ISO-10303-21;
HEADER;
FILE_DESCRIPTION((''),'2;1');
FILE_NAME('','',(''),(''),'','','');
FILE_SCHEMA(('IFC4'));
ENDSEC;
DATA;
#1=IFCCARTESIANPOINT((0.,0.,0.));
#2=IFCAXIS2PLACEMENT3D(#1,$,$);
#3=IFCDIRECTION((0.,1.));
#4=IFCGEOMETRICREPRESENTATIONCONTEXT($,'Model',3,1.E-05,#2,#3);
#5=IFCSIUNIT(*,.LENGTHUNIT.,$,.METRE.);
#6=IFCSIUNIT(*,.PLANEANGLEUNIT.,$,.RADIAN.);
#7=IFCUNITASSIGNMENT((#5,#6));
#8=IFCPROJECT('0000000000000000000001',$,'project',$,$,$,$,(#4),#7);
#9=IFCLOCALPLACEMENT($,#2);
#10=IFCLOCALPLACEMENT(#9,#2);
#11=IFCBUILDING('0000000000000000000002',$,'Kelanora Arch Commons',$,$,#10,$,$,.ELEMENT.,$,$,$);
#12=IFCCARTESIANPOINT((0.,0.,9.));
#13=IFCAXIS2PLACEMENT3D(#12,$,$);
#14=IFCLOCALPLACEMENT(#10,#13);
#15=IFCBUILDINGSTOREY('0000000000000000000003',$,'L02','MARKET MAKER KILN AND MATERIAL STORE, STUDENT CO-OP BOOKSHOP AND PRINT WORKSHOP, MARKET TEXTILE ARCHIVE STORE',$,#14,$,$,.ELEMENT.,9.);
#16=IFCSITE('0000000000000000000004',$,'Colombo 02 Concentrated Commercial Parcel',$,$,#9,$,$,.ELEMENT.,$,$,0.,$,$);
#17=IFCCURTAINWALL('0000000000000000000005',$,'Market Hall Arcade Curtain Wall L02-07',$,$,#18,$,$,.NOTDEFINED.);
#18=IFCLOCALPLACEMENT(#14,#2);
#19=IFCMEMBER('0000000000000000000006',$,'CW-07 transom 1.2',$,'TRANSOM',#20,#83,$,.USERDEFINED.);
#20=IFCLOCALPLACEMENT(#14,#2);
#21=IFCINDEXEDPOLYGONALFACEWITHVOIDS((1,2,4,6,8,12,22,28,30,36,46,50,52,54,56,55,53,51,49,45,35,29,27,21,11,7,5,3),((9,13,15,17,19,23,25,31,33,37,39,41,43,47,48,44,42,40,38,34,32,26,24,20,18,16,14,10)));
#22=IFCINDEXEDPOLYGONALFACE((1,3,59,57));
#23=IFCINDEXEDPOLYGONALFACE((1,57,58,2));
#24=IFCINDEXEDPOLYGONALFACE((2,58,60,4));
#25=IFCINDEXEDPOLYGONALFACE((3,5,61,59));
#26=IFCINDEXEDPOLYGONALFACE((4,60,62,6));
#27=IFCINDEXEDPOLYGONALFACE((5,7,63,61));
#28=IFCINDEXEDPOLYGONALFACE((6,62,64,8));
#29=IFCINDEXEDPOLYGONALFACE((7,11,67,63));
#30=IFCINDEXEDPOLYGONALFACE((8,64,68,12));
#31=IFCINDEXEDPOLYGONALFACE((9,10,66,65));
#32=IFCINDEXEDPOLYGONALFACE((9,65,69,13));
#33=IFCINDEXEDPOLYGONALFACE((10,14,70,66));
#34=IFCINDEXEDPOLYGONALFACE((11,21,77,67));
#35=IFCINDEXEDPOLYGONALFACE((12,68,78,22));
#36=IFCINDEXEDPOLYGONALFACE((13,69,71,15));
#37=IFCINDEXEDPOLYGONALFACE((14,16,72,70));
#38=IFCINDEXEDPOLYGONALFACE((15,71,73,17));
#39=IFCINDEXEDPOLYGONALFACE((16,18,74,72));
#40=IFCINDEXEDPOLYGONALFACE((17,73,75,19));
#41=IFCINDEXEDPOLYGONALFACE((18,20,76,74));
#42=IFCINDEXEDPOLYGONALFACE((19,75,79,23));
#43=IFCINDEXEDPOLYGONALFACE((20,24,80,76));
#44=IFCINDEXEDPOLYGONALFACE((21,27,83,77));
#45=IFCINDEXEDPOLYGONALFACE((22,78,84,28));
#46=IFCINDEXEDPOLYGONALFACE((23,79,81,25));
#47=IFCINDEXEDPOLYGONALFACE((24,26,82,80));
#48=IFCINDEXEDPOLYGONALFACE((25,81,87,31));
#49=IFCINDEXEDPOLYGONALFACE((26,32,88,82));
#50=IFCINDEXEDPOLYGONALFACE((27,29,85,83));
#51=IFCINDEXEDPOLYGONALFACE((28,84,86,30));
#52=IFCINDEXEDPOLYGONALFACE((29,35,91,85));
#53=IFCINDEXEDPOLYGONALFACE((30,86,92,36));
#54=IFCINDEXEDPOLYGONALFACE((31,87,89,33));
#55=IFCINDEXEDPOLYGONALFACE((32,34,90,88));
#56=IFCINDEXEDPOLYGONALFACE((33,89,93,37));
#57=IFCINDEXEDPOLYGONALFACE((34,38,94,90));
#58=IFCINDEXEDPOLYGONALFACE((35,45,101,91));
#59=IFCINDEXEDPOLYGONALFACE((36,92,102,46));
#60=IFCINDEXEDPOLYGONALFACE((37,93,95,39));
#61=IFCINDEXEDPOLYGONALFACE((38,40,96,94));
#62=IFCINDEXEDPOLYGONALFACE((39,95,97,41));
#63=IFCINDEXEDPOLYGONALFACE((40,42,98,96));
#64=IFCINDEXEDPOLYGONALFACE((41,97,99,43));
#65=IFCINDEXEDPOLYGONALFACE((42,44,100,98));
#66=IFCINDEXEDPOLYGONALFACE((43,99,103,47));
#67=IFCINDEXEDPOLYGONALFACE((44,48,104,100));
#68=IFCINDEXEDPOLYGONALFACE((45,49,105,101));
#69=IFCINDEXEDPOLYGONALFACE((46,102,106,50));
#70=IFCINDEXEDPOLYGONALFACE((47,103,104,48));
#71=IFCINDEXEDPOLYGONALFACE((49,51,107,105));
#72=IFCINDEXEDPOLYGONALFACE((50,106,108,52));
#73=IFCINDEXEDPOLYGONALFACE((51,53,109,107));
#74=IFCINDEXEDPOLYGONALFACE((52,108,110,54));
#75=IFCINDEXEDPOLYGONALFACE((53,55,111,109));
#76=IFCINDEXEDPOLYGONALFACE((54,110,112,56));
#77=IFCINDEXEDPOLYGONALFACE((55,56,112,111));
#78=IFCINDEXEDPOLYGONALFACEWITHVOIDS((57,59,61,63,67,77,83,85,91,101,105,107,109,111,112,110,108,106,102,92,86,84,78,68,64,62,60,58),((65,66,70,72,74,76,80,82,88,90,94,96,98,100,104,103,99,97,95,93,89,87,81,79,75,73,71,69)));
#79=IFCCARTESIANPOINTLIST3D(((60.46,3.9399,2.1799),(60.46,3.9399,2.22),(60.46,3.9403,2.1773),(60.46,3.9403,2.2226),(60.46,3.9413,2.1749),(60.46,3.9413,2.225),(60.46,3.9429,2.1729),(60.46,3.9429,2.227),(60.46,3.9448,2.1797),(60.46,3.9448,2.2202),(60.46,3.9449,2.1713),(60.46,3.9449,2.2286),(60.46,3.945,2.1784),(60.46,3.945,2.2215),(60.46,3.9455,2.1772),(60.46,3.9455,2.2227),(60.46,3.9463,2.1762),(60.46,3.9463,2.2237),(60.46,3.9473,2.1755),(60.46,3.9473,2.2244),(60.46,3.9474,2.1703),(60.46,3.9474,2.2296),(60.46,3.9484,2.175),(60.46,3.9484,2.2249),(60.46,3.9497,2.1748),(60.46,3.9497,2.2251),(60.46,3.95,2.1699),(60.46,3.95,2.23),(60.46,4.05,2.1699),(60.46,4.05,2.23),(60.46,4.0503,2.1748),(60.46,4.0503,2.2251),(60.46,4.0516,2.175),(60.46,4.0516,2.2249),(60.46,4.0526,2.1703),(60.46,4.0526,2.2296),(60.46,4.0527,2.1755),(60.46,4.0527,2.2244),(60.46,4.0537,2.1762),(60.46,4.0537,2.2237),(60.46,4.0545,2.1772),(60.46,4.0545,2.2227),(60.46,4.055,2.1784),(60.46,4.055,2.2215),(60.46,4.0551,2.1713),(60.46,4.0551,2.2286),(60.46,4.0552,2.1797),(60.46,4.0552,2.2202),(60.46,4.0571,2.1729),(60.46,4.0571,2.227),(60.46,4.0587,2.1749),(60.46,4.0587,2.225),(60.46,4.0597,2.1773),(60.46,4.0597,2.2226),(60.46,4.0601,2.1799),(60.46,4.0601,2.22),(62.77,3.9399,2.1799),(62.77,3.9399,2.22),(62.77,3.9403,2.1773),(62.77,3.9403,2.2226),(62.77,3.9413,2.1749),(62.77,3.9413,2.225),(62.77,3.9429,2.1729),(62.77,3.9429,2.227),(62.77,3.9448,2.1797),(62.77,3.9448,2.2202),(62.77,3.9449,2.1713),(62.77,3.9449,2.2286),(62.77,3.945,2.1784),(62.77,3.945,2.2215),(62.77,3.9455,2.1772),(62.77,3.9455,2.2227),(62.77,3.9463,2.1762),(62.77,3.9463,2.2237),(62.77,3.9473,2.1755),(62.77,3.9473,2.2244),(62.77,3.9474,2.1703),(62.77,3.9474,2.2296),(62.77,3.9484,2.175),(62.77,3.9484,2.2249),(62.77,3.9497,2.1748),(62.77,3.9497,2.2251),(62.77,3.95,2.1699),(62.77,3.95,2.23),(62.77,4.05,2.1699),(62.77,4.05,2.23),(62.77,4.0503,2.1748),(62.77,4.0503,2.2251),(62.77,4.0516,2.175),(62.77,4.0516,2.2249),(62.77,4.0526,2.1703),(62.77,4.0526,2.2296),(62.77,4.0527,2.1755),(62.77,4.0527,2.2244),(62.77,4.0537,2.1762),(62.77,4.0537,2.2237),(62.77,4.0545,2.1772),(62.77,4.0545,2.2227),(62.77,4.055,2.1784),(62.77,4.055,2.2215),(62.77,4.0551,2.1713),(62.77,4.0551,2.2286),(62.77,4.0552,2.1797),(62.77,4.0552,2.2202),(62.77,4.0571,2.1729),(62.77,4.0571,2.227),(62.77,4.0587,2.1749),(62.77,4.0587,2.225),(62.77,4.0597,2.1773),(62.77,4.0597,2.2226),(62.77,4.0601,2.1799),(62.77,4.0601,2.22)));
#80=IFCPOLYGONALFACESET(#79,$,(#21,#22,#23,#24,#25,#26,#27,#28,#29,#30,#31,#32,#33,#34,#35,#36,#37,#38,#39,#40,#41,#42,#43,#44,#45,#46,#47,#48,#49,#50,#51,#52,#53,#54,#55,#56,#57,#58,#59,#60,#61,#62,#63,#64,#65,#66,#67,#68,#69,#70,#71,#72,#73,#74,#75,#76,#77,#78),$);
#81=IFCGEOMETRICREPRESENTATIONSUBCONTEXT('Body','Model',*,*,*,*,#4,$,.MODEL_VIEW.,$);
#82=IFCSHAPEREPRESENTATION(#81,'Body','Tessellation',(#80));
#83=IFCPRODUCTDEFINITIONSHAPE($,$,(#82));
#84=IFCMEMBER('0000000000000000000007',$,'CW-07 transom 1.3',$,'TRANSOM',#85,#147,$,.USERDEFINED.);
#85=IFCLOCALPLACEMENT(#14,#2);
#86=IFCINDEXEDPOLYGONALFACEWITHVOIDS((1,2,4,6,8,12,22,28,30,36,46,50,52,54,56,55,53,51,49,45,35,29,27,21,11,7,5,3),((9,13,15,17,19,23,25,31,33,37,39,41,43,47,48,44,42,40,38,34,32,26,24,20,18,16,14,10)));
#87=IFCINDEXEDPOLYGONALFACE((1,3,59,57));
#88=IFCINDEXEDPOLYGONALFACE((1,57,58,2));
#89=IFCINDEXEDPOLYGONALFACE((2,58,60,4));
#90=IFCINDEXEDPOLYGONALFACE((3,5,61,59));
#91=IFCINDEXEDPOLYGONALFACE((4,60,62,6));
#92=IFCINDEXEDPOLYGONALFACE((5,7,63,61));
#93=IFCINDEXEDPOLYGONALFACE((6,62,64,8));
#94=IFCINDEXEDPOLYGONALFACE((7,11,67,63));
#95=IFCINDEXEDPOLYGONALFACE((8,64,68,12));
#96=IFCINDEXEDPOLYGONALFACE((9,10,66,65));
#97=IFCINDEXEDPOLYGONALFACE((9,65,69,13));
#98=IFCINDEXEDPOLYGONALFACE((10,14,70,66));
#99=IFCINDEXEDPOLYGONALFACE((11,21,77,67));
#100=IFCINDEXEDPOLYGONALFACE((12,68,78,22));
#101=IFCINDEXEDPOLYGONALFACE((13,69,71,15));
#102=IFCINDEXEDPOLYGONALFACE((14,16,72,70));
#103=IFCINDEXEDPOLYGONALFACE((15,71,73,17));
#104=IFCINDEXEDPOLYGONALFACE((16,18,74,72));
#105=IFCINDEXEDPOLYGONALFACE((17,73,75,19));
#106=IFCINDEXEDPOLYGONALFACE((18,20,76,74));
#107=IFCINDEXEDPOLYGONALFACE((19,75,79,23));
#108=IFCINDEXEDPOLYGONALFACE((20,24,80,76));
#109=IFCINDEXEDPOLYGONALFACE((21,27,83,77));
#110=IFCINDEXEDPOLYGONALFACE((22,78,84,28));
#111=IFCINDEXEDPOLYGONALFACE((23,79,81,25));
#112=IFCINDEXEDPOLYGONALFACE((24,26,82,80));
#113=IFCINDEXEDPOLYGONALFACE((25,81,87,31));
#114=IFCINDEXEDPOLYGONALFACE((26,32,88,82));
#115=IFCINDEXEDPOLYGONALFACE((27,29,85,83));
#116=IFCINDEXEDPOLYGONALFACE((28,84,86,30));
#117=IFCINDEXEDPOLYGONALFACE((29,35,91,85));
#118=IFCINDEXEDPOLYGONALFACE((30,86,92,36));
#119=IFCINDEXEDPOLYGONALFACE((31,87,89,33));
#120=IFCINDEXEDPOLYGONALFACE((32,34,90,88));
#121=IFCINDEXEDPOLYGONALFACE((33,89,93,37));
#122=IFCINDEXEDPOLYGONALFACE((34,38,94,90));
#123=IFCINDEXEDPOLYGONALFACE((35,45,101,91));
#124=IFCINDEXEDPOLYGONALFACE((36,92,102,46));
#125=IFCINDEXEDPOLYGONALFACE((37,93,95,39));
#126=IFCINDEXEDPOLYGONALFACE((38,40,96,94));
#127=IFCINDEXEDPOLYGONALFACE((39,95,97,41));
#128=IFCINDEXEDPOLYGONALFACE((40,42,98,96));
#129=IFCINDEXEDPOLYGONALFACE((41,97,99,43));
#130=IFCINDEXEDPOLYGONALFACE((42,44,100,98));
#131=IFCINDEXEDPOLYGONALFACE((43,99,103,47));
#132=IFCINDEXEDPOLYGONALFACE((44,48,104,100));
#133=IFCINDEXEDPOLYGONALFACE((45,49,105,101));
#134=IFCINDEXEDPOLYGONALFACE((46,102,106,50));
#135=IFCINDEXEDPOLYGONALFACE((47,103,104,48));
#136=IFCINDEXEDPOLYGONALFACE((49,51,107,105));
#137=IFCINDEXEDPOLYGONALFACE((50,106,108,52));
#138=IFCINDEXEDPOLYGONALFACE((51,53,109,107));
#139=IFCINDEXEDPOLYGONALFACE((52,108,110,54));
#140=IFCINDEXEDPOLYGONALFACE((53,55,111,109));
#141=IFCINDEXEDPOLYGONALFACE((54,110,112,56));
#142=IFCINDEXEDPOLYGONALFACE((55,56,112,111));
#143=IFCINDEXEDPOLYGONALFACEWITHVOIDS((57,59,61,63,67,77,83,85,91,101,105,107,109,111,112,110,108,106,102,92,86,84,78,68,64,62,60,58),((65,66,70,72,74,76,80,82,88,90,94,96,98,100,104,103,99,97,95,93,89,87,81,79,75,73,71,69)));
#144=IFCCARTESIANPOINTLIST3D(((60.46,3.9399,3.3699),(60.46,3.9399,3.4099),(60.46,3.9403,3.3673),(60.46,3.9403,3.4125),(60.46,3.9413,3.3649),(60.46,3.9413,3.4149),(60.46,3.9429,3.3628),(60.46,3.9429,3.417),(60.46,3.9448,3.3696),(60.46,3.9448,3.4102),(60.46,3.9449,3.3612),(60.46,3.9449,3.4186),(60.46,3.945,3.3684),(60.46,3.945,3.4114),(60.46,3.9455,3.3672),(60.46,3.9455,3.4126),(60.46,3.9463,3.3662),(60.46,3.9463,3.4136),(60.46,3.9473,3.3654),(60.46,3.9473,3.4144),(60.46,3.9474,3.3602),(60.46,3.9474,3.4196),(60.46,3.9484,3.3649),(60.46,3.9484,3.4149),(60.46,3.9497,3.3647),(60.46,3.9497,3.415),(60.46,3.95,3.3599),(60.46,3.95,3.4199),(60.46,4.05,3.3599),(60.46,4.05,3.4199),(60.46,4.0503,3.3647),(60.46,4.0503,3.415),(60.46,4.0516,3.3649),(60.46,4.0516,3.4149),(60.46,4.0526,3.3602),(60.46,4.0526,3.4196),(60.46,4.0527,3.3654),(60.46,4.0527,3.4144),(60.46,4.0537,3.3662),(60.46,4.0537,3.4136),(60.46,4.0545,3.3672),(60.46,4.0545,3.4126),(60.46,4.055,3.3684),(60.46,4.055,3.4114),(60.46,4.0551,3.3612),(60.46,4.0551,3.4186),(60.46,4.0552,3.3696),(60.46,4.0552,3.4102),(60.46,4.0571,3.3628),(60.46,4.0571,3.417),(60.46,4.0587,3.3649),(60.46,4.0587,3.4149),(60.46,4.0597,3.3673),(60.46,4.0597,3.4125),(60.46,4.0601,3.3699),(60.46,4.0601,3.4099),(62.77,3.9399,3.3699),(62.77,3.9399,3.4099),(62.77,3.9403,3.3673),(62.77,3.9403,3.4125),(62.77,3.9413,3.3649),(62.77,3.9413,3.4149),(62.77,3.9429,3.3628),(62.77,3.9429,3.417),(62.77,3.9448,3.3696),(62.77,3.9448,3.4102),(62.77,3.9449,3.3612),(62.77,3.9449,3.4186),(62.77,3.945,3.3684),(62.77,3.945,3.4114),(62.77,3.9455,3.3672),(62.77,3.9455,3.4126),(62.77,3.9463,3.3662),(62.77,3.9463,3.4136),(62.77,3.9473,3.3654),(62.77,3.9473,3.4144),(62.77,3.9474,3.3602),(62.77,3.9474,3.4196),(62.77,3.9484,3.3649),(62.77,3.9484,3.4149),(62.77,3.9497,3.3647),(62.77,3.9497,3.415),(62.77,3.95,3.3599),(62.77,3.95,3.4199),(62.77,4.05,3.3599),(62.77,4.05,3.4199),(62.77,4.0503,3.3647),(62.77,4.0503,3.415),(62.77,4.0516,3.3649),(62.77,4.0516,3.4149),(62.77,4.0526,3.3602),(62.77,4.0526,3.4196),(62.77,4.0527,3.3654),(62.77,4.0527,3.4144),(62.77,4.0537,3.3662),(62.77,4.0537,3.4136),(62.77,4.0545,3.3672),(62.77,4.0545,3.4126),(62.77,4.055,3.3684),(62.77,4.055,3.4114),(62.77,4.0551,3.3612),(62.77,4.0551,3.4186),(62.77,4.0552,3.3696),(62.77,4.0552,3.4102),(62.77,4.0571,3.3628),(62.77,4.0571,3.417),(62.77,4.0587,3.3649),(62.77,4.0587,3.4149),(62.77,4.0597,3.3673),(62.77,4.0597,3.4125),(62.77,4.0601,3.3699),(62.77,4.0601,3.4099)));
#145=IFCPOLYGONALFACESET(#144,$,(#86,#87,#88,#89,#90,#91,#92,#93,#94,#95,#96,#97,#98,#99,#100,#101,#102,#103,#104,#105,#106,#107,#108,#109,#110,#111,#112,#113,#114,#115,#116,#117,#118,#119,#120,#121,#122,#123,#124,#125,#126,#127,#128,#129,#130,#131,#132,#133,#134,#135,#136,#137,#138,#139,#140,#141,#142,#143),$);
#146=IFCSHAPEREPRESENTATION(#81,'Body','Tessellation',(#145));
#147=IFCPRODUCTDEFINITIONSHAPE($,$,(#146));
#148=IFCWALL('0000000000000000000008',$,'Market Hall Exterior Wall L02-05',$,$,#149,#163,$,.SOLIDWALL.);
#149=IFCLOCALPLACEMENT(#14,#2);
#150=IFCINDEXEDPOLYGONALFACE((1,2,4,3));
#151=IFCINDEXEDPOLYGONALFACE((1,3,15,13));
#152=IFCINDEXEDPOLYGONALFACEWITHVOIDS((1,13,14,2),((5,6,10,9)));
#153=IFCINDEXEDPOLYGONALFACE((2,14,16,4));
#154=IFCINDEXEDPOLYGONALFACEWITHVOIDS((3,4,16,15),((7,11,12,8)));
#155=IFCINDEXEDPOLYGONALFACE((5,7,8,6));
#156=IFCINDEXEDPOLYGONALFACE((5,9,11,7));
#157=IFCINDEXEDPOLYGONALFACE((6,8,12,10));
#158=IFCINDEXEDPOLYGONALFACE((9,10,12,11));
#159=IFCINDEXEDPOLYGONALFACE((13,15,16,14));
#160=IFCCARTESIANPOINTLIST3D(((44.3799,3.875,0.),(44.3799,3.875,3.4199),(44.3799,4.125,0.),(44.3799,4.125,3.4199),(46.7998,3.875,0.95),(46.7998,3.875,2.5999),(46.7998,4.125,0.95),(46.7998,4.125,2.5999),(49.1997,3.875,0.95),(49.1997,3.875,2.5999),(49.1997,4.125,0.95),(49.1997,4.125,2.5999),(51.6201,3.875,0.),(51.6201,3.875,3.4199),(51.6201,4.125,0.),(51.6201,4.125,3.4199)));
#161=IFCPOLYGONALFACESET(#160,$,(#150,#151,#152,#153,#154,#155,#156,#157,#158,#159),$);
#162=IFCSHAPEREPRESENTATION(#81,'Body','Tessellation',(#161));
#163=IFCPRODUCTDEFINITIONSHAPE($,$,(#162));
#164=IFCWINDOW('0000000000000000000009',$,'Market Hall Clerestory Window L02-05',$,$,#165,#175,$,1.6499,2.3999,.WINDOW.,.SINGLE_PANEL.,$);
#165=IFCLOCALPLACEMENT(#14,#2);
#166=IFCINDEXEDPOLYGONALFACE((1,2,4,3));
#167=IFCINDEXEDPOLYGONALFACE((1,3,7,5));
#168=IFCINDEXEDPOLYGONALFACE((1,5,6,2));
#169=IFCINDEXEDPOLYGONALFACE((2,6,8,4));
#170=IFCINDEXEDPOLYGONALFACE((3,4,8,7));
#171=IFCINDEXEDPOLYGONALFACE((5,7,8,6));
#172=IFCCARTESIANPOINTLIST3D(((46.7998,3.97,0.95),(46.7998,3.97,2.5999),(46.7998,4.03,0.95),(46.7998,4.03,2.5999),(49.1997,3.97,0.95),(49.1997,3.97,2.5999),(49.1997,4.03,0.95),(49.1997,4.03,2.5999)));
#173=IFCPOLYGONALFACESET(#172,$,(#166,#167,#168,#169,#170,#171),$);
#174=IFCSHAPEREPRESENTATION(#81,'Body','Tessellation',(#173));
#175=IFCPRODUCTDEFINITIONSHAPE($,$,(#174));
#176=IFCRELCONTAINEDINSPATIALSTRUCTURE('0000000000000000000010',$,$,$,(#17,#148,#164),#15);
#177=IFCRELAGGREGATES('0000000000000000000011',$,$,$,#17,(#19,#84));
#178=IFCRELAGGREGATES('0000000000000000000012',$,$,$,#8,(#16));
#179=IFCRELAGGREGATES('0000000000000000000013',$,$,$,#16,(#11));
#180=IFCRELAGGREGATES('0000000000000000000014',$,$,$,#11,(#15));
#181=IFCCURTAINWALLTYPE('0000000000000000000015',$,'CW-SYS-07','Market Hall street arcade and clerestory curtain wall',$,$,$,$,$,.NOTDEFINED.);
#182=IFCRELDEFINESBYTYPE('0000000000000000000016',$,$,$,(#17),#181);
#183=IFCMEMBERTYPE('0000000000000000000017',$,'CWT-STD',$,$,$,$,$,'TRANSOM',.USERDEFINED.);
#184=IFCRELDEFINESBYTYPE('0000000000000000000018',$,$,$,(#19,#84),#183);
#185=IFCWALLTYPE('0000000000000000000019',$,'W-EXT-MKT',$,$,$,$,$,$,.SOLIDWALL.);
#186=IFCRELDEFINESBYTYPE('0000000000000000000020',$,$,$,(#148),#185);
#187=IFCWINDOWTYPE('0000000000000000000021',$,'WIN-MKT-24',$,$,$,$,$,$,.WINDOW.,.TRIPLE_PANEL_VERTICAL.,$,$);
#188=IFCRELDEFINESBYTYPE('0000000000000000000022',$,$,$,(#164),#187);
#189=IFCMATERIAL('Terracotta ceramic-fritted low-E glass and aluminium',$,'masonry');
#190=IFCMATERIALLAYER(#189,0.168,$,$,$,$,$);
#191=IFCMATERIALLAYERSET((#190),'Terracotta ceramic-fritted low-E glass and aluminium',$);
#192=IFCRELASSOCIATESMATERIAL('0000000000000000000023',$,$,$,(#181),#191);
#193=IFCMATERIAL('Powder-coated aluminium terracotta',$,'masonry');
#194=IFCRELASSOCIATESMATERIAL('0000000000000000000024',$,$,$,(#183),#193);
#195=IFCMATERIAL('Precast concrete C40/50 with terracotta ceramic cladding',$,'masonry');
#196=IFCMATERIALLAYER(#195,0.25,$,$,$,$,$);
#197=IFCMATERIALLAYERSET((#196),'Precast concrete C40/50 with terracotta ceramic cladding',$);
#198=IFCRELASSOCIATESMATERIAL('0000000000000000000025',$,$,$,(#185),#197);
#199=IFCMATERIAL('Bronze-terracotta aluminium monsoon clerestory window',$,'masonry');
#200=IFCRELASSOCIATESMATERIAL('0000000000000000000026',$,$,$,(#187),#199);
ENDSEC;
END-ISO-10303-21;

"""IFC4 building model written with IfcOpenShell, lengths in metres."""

from ifc_helpers import new_model, si_unit, direction, frame, frame_2d, origin, origin_2d, place, context, subcontext, project, spatial, rectangle, hollow_rectangle, extrude, material, layer, layer_set, material_profile, profile_set, type_object, element, fill, aggregate, save


model = new_model("IFC4")

# Units and contexts
model_context = context("Model", 3, precision=1e-05, world=origin(), true_north=direction((0.0, 1.0)))
body_context = subcontext(model_context, "Body", "Model", "MODEL_VIEW")
ifc_project = project(units=[si_unit("LENGTHUNIT", "METRE"), si_unit("PLANEANGLEUNIT", "RADIAN")], contexts=[model_context])

# Site, building, storey
site_placement = place(None, origin())
site = spatial("IfcSite", under=ifc_project, at=site_placement, Name="Colombo 02 Concentrated Commercial Parcel", CompositionType="ELEMENT", RefElevation=0.0)
building_placement = place(site_placement, origin())
building = spatial("IfcBuilding", under=site, at=building_placement, Name="Kelanora Arch Commons", CompositionType="ELEMENT")
storey_placement = place(building_placement, frame((0.0, 0.0, 9.0)))
storey = spatial("IfcBuildingStorey", under=building, at=storey_placement, Name="L02", Description="MARKET MAKER KILN AND MATERIAL STORE, STUDENT CO-OP BOOKSHOP AND PRINT WORKSHOP, MARKET TEXTILE ARCHIVE STORE", CompositionType="ELEMENT", Elevation=9.0)

# Curtain wall, members
ifc_material_1 = material(Name="Terracotta ceramic-fritted low-E glass and aluminium", Category="masonry")
ifc_layer_1 = layer(ifc_material_1, 0.168)
ifc_layer_set_1 = layer_set([ifc_layer_1], Name="Terracotta ceramic-fritted low-E glass and aluminium")
curtain_wall_type = type_object("IfcCurtainWallType", Name="CW-SYS-07", Description="Market Hall street arcade and clerestory curtain wall", PredefinedType="NOTDEFINED", material=ifc_layer_set_1)
curtain_wall_placement = place(storey_placement, origin())
curtain_wall = element("IfcCurtainWall", 1, at=curtain_wall_placement, inside=storey, type_object=curtain_wall_type, Name="Market Hall Arcade Curtain Wall L02-07", PredefinedType="NOTDEFINED")
ifc_material_2 = material(Name="Powder-coated aluminium terracotta", Category="masonry")
ifc_material_profile_1 = material_profile(ifc_material_2, hollow_rectangle(XDim=0.1201, YDim=0.0601, WallThickness=0.0049, InnerFilletRadius=0.0049, OuterFilletRadius=0.01, at=origin_2d()), Name="CWT120x60")
ifc_profile_set_1 = profile_set([ifc_material_profile_1], Name="Powder-coated aluminium terracotta")
member_type_1 = type_object("IfcMemberType", Name="CWT-STD", ElementType="TRANSOM", PredefinedType="USERDEFINED", material=ifc_profile_set_1)
member_1_placement = place(storey_placement, frame((60.46, 4.0, 2.2), z_axis=(1.0, 0.0, 0.0), x_axis=(0.0, 1.0, 0.0)))
member_1 = element("IfcMember", 2, at=member_1_placement, type_object=member_type_1, Name="CW-07 transom 1.2", ObjectType="TRANSOM", PredefinedType="USERDEFINED", context=body_context, shape_type="SweptSolid", body=[
    extrude(hollow_rectangle(XDim=0.1201, YDim=0.0601, WallThickness=0.0049, InnerFilletRadius=0.0049, OuterFilletRadius=0.01, at=origin_2d()), origin(), (0.0, 0.0, 1.0), 2.3101),
])
member_2_placement = place(storey_placement, frame((60.46, 4.0, 3.3899), z_axis=(1.0, 0.0, 0.0), x_axis=(0.0, 1.0, 0.0)))
member_2 = element("IfcMember", 3, at=member_2_placement, type_object=member_type_1, Name="CW-07 transom 1.3", ObjectType="TRANSOM", PredefinedType="USERDEFINED", context=body_context, shape_type="SweptSolid", body=[
    extrude(hollow_rectangle(XDim=0.1201, YDim=0.0601, WallThickness=0.0049, InnerFilletRadius=0.0049, OuterFilletRadius=0.01, at=origin_2d()), origin(), (0.0, 0.0, 1.0), 2.3101),
])
aggregate(curtain_wall, [member_1, member_2])

# Wall, opening, window
ifc_material_3 = material(Name="Precast concrete C40/50 with terracotta ceramic cladding", Category="masonry")
ifc_layer_2 = layer(ifc_material_3, 0.25)
ifc_layer_set_2 = layer_set([ifc_layer_2], Name="Precast concrete C40/50 with terracotta ceramic cladding")
wall_type_1 = type_object("IfcWallType", Name="W-EXT-MKT", PredefinedType="SOLIDWALL", material=ifc_layer_set_2)
wall_1_placement = place(storey_placement, frame((44.3799, 4.0, 0.0), z_axis=(0.0, 0.0, 1.0), x_axis=(1.0, 0.0, 0.0)))
wall_1 = element("IfcWall", 4, at=wall_1_placement, inside=storey, type_object=wall_type_1, Name="Market Hall Exterior Wall L02-05", PredefinedType="SOLIDWALL", context=body_context, shape_type="SweptSolid", body=[
    extrude(rectangle(XDim=7.2402, YDim=0.25, at=frame_2d((3.6201, 0.0))), origin(), (0.0, 0.0, 1.0), 3.4199),
])
opening_1_placement = place(wall_1_placement, frame((2.4199, 0.0, 0.95)))
opening_1 = element("IfcOpeningElement", 5, at=opening_1_placement, cuts=wall_1, PredefinedType="OPENING", context=body_context, shape_type="SweptSolid", body=[
    extrude(rectangle(XDim=2.3999, YDim=1.6499, at=frame_2d((1.2, 0.825))), frame((0.0, 0.135, 0.0), z_axis=(0.0, -1.0, 0.0), x_axis=(1.0, 0.0, 0.0)), (0.0, 0.0, 1.0), 0.27),
])
ifc_material_4 = material(Name="Bronze-terracotta aluminium monsoon clerestory window", Category="masonry")
window_type = type_object("IfcWindowType", Name="WIN-MKT-24", PartitioningType="TRIPLE_PANEL_VERTICAL", PredefinedType="WINDOW", material=ifc_material_4)
window_1_placement = place(opening_1_placement, origin())
window_1 = element("IfcWindow", 6, at=window_1_placement, inside=storey, type_object=window_type, Name="Market Hall Clerestory Window L02-05", OverallHeight=1.6499, OverallWidth=2.3999, PartitioningType="SINGLE_PANEL", PredefinedType="WINDOW", context=body_context, shape_type="SweptSolid", body=[
    extrude(rectangle(XDim=2.3999, YDim=1.6499, at=frame_2d((1.2, 0.825))), frame((0.0, 0.03, 0.0), z_axis=(0.0, -1.0, 0.0), x_axis=(1.0, 0.0, 0.0)), (0.0, 0.0, 1.0), 0.0601),
])
fill(opening_1, window_1)

save(model, "model.ifc")
